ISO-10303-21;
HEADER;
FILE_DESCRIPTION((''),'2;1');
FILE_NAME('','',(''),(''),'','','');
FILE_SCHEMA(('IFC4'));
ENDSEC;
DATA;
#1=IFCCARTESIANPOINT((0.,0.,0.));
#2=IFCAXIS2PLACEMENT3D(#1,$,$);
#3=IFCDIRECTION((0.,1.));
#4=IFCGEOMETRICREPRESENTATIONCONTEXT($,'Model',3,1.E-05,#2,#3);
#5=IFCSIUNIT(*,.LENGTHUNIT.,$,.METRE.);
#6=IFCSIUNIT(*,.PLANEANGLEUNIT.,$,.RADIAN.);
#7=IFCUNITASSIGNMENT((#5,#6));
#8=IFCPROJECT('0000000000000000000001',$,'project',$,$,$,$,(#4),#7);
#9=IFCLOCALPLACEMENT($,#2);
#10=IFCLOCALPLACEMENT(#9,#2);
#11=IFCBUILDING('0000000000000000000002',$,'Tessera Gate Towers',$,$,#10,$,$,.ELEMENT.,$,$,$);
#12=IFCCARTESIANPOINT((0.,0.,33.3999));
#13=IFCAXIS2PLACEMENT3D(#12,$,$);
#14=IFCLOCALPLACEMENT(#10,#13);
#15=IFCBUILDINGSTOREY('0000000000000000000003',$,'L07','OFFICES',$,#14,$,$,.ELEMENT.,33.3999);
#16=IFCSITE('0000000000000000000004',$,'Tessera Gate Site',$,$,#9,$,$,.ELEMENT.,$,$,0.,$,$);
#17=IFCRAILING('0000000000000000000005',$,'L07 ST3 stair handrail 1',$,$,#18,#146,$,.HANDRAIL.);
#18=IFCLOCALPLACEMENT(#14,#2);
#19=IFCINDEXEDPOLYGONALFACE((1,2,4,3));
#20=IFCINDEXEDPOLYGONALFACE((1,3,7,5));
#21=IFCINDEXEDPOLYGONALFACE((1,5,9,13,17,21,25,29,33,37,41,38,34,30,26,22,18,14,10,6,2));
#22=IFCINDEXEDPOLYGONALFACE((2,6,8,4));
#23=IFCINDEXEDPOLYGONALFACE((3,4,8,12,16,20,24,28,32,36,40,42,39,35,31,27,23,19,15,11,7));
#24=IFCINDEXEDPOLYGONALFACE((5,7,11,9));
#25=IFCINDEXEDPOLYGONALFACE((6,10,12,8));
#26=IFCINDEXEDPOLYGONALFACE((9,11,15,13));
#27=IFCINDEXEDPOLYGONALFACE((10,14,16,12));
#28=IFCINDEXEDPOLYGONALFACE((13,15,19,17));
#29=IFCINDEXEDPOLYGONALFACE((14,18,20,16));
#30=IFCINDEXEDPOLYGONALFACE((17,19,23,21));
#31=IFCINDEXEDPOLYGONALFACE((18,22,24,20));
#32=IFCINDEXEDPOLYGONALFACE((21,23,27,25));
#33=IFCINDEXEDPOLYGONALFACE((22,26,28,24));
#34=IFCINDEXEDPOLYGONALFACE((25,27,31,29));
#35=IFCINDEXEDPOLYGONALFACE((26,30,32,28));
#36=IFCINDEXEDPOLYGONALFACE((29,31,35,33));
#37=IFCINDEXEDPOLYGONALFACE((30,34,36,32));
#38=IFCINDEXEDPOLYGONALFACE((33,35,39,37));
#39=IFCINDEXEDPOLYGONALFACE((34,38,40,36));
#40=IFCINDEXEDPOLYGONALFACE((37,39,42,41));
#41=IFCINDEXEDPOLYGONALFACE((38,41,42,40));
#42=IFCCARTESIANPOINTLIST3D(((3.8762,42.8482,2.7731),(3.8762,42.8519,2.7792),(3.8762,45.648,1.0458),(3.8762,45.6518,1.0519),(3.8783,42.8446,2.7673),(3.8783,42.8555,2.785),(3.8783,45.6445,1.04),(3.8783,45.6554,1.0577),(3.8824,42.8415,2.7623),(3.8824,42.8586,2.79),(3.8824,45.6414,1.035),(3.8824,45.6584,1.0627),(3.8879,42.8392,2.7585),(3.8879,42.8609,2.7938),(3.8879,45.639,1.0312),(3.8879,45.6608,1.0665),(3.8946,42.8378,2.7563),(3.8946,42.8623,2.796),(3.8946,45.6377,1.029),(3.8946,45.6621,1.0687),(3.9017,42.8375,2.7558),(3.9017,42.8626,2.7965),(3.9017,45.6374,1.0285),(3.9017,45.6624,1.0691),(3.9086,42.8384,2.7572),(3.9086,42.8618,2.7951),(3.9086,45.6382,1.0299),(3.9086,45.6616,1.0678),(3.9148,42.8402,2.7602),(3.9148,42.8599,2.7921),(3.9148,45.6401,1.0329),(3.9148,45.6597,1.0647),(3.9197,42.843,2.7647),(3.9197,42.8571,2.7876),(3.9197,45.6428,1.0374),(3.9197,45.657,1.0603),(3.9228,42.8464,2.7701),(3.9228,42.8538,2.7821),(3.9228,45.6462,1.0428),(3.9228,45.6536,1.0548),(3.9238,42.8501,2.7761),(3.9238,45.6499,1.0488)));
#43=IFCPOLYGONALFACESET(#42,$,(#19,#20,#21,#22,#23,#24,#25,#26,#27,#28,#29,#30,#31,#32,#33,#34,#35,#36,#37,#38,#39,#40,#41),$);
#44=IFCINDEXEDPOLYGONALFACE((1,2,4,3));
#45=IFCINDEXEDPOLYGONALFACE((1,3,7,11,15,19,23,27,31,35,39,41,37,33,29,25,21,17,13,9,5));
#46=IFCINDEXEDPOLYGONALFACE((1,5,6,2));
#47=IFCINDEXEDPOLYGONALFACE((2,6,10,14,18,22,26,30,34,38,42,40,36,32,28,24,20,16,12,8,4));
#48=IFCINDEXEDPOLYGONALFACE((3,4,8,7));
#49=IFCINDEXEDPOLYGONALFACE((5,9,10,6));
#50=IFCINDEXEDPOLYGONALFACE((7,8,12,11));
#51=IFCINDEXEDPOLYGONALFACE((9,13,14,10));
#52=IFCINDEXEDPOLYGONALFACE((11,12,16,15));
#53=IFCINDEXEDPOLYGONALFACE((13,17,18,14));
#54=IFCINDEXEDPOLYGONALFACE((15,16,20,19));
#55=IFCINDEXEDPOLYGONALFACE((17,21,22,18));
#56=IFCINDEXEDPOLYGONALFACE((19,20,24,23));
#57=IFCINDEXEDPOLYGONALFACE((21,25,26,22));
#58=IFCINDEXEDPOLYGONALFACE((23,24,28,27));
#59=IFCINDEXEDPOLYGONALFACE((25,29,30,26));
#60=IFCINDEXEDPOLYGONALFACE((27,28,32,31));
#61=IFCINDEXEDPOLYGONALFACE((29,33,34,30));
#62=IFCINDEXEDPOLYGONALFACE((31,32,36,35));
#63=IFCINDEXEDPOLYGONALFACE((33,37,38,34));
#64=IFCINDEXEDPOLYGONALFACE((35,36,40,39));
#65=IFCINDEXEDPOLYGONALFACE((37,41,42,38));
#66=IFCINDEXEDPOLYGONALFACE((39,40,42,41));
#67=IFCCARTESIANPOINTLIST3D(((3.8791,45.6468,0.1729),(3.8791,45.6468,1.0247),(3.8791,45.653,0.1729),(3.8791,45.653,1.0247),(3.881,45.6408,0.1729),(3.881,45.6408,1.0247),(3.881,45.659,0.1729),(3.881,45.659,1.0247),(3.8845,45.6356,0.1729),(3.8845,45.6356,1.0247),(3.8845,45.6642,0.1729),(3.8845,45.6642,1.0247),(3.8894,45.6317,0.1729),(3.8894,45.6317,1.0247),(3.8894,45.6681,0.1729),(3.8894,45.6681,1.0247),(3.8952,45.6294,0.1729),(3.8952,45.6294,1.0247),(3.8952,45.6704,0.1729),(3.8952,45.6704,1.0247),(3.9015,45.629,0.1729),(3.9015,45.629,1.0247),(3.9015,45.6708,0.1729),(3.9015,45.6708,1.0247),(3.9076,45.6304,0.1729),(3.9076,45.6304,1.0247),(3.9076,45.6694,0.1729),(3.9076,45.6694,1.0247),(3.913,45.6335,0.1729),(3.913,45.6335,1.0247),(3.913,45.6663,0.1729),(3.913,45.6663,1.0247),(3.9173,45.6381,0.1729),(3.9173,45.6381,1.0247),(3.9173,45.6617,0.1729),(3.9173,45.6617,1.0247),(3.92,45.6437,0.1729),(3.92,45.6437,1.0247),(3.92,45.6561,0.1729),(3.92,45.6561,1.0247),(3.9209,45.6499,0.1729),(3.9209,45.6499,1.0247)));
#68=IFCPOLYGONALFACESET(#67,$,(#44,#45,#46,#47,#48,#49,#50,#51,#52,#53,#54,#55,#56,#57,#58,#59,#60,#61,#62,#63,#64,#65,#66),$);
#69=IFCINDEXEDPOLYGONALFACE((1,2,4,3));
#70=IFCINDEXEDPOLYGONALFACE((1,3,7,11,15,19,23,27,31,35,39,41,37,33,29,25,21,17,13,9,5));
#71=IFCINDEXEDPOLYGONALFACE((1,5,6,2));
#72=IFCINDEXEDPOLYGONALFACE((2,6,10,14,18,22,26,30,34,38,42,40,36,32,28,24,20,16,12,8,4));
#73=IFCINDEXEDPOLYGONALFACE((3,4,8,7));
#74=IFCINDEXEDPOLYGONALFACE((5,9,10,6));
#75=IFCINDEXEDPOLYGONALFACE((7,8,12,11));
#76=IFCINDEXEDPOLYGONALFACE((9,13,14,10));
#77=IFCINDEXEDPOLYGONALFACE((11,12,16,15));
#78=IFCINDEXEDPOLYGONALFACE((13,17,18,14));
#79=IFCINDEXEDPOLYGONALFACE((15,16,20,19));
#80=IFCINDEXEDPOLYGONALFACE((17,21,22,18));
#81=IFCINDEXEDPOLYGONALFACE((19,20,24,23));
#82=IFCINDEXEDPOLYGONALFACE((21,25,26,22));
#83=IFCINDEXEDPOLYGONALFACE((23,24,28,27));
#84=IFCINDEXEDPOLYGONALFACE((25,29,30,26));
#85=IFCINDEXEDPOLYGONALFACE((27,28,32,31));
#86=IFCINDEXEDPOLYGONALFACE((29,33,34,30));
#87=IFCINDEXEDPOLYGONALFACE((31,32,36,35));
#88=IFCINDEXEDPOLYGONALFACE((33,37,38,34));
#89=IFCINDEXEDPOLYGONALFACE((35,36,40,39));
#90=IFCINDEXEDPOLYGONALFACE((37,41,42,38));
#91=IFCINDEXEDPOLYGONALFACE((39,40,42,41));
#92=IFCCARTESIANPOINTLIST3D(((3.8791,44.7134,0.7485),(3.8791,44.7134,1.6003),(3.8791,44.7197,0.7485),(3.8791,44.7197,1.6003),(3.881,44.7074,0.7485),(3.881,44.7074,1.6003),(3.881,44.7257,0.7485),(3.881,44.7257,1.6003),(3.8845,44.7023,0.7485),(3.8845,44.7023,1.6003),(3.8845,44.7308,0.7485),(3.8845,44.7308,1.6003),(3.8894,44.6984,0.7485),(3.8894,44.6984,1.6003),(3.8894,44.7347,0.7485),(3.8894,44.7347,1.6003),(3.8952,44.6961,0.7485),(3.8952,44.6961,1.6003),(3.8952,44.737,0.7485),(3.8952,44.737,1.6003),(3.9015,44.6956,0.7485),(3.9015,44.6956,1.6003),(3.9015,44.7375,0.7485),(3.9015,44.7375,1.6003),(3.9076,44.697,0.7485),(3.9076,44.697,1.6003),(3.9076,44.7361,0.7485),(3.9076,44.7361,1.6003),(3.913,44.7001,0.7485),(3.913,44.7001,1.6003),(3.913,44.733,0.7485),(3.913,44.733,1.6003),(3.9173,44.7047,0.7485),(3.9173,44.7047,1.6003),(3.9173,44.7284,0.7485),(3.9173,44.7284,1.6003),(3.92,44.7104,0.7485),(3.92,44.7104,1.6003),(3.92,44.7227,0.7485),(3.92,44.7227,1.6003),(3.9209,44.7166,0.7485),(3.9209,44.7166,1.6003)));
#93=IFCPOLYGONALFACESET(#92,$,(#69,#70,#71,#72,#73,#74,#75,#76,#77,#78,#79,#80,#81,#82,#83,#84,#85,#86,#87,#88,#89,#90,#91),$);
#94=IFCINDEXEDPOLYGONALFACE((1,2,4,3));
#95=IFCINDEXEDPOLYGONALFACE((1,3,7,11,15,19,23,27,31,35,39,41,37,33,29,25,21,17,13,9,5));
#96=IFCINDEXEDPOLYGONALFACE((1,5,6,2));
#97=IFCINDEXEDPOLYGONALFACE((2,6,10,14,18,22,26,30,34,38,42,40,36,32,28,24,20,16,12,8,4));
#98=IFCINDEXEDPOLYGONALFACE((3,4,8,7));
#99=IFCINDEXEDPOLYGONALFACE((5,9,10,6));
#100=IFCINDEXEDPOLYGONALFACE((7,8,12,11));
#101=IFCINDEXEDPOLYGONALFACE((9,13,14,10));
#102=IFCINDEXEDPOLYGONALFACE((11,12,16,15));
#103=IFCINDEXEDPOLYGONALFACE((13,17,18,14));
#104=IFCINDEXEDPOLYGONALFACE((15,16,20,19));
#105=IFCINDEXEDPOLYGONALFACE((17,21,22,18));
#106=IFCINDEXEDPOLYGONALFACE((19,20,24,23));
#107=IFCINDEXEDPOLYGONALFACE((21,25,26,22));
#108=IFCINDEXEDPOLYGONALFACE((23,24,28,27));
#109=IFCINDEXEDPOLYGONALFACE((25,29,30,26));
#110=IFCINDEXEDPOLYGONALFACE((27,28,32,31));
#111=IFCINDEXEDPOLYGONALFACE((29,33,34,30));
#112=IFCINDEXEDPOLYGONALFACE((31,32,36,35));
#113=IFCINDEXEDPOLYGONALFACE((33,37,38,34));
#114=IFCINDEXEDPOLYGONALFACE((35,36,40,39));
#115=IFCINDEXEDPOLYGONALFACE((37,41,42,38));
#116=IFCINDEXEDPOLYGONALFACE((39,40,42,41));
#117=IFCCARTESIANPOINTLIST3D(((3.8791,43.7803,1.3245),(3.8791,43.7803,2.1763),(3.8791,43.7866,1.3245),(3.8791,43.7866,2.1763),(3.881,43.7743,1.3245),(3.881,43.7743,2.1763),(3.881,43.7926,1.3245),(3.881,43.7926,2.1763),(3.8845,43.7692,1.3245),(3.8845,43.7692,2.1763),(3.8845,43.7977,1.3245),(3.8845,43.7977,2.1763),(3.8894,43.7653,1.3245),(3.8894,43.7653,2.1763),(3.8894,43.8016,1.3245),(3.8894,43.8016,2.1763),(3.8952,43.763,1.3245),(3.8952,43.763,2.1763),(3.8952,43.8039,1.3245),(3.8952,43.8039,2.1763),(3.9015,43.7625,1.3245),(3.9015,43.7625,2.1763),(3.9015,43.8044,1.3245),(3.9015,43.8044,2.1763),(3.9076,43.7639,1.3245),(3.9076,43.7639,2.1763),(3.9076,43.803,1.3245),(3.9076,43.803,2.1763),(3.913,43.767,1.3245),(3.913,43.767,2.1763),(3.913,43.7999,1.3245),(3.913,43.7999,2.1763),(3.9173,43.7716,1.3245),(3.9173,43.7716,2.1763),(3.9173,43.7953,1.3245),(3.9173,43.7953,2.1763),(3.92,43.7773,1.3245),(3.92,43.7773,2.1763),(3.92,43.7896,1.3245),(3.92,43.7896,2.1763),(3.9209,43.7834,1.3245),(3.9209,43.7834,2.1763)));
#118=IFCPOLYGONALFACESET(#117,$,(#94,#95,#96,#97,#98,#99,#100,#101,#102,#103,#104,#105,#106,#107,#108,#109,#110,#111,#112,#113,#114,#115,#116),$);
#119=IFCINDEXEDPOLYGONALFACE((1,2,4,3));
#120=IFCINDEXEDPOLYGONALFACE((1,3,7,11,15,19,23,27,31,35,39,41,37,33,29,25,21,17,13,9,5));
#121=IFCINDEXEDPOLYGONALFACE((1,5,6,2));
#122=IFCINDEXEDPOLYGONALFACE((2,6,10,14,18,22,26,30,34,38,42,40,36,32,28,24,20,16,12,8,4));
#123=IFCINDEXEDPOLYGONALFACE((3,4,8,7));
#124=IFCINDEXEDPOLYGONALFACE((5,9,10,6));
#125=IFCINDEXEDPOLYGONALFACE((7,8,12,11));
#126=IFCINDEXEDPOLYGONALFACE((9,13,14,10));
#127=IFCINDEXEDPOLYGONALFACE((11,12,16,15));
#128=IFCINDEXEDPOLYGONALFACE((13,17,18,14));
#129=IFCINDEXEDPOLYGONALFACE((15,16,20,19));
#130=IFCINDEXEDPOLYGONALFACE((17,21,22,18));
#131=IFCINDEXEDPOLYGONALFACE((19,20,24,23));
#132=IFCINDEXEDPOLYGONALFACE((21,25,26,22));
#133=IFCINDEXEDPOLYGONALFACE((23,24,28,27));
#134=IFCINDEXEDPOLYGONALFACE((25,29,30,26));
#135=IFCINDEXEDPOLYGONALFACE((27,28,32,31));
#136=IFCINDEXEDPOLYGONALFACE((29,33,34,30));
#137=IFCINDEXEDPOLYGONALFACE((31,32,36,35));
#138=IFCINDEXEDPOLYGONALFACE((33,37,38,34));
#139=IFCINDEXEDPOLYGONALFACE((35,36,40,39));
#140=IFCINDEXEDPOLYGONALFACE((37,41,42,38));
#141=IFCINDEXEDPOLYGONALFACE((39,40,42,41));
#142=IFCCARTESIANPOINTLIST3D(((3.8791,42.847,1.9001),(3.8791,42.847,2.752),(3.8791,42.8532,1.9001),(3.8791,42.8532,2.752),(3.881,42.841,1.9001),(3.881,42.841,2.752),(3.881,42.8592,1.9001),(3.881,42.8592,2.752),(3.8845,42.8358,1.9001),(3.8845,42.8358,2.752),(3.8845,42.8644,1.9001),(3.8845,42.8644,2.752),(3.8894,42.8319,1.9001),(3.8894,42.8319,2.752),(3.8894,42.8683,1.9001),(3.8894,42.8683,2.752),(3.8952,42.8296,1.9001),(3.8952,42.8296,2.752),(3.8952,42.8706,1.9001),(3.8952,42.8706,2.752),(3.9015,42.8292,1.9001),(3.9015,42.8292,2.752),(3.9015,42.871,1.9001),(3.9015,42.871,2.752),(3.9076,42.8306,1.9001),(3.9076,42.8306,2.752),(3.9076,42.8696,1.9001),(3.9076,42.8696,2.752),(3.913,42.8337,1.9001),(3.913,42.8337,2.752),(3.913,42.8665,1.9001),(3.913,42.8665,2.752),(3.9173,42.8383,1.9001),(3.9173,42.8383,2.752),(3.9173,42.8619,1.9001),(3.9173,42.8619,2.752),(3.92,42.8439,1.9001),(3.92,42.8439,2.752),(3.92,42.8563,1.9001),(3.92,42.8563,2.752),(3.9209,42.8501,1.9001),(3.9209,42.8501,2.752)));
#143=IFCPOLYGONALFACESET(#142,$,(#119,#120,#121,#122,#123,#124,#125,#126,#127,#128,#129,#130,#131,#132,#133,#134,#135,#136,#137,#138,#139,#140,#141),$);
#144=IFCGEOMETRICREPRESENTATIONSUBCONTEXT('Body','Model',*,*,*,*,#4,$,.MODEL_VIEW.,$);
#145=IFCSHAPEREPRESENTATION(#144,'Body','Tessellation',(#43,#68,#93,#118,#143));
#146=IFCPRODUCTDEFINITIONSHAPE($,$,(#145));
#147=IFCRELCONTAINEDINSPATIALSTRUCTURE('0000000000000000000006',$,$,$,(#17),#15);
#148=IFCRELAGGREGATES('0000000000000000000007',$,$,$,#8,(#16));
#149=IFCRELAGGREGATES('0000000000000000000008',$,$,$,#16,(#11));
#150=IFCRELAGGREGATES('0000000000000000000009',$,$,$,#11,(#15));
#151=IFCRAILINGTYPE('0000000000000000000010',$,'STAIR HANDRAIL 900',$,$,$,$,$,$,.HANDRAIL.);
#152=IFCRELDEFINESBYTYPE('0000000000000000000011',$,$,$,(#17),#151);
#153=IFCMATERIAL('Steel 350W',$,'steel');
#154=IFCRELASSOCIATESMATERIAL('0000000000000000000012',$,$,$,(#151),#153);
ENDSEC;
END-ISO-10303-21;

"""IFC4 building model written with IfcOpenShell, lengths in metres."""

from ifc_helpers import new_model, si_unit, direction, frame, origin, origin_2d, place, context, subcontext, project, spatial, circle, extrude, material, type_object, element, save


model = new_model("IFC4")

# Units and contexts
model_context = context("Model", 3, precision=1e-05, world=origin(), true_north=direction((0.0, 1.0)))
body_context = subcontext(model_context, "Body", "Model", "MODEL_VIEW")
ifc_project = project(units=[si_unit("LENGTHUNIT", "METRE"), si_unit("PLANEANGLEUNIT", "RADIAN")], contexts=[model_context])

# Site, building, storey
site_placement = place(None, origin())
site = spatial("IfcSite", under=ifc_project, at=site_placement, Name="Tessera Gate Site", CompositionType="ELEMENT", RefElevation=0.0)
building_placement = place(site_placement, origin())
building = spatial("IfcBuilding", under=site, at=building_placement, Name="Tessera Gate Towers", CompositionType="ELEMENT")
storey_placement = place(building_placement, frame((0.0, 0.0, 33.3999)))
storey = spatial("IfcBuildingStorey", under=building, at=storey_placement, Name="L07", Description="OFFICES", CompositionType="ELEMENT", Elevation=33.3999)

# Railing
ifc_material_1 = material(Name="Steel 350W", Category="steel")
railing_type_1 = type_object("IfcRailingType", Name="STAIR HANDRAIL 900", PredefinedType="HANDRAIL", material=ifc_material_1)
railing_1_placement = place(storey_placement, frame((3.8999, 45.6499, 0.1729)))
element("IfcRailing", 1, at=railing_1_placement, inside=storey, type_object=railing_type_1, Name="L07 ST3 stair handrail 1", PredefinedType="HANDRAIL", context=body_context, shape_type="SweptSolid", body=[
    extrude(circle(Radius=0.0239, at=origin_2d()), frame((0.0, 0.0, 0.876), z_axis=(0.0, -0.851069, 0.525054), x_axis=(1.0, 0.0, 0.0)), (0.0, 0.0, 1.0), 3.2898),
    extrude(circle(Radius=0.021, at=origin_2d()), origin(), (0.0, 0.0, 1.0), 0.8518),
    extrude(circle(Radius=0.021, at=origin_2d()), frame((0.0, -0.9333, 0.5757)), (0.0, 0.0, 1.0), 0.8518),
    extrude(circle(Radius=0.021, at=origin_2d()), frame((0.0, -1.8665, 1.1516)), (0.0, 0.0, 1.0), 0.8518),
    extrude(circle(Radius=0.021, at=origin_2d()), frame((0.0, -2.7998, 1.7273)), (0.0, 0.0, 1.0), 0.8518),
])

save(model, "model.ifc")
